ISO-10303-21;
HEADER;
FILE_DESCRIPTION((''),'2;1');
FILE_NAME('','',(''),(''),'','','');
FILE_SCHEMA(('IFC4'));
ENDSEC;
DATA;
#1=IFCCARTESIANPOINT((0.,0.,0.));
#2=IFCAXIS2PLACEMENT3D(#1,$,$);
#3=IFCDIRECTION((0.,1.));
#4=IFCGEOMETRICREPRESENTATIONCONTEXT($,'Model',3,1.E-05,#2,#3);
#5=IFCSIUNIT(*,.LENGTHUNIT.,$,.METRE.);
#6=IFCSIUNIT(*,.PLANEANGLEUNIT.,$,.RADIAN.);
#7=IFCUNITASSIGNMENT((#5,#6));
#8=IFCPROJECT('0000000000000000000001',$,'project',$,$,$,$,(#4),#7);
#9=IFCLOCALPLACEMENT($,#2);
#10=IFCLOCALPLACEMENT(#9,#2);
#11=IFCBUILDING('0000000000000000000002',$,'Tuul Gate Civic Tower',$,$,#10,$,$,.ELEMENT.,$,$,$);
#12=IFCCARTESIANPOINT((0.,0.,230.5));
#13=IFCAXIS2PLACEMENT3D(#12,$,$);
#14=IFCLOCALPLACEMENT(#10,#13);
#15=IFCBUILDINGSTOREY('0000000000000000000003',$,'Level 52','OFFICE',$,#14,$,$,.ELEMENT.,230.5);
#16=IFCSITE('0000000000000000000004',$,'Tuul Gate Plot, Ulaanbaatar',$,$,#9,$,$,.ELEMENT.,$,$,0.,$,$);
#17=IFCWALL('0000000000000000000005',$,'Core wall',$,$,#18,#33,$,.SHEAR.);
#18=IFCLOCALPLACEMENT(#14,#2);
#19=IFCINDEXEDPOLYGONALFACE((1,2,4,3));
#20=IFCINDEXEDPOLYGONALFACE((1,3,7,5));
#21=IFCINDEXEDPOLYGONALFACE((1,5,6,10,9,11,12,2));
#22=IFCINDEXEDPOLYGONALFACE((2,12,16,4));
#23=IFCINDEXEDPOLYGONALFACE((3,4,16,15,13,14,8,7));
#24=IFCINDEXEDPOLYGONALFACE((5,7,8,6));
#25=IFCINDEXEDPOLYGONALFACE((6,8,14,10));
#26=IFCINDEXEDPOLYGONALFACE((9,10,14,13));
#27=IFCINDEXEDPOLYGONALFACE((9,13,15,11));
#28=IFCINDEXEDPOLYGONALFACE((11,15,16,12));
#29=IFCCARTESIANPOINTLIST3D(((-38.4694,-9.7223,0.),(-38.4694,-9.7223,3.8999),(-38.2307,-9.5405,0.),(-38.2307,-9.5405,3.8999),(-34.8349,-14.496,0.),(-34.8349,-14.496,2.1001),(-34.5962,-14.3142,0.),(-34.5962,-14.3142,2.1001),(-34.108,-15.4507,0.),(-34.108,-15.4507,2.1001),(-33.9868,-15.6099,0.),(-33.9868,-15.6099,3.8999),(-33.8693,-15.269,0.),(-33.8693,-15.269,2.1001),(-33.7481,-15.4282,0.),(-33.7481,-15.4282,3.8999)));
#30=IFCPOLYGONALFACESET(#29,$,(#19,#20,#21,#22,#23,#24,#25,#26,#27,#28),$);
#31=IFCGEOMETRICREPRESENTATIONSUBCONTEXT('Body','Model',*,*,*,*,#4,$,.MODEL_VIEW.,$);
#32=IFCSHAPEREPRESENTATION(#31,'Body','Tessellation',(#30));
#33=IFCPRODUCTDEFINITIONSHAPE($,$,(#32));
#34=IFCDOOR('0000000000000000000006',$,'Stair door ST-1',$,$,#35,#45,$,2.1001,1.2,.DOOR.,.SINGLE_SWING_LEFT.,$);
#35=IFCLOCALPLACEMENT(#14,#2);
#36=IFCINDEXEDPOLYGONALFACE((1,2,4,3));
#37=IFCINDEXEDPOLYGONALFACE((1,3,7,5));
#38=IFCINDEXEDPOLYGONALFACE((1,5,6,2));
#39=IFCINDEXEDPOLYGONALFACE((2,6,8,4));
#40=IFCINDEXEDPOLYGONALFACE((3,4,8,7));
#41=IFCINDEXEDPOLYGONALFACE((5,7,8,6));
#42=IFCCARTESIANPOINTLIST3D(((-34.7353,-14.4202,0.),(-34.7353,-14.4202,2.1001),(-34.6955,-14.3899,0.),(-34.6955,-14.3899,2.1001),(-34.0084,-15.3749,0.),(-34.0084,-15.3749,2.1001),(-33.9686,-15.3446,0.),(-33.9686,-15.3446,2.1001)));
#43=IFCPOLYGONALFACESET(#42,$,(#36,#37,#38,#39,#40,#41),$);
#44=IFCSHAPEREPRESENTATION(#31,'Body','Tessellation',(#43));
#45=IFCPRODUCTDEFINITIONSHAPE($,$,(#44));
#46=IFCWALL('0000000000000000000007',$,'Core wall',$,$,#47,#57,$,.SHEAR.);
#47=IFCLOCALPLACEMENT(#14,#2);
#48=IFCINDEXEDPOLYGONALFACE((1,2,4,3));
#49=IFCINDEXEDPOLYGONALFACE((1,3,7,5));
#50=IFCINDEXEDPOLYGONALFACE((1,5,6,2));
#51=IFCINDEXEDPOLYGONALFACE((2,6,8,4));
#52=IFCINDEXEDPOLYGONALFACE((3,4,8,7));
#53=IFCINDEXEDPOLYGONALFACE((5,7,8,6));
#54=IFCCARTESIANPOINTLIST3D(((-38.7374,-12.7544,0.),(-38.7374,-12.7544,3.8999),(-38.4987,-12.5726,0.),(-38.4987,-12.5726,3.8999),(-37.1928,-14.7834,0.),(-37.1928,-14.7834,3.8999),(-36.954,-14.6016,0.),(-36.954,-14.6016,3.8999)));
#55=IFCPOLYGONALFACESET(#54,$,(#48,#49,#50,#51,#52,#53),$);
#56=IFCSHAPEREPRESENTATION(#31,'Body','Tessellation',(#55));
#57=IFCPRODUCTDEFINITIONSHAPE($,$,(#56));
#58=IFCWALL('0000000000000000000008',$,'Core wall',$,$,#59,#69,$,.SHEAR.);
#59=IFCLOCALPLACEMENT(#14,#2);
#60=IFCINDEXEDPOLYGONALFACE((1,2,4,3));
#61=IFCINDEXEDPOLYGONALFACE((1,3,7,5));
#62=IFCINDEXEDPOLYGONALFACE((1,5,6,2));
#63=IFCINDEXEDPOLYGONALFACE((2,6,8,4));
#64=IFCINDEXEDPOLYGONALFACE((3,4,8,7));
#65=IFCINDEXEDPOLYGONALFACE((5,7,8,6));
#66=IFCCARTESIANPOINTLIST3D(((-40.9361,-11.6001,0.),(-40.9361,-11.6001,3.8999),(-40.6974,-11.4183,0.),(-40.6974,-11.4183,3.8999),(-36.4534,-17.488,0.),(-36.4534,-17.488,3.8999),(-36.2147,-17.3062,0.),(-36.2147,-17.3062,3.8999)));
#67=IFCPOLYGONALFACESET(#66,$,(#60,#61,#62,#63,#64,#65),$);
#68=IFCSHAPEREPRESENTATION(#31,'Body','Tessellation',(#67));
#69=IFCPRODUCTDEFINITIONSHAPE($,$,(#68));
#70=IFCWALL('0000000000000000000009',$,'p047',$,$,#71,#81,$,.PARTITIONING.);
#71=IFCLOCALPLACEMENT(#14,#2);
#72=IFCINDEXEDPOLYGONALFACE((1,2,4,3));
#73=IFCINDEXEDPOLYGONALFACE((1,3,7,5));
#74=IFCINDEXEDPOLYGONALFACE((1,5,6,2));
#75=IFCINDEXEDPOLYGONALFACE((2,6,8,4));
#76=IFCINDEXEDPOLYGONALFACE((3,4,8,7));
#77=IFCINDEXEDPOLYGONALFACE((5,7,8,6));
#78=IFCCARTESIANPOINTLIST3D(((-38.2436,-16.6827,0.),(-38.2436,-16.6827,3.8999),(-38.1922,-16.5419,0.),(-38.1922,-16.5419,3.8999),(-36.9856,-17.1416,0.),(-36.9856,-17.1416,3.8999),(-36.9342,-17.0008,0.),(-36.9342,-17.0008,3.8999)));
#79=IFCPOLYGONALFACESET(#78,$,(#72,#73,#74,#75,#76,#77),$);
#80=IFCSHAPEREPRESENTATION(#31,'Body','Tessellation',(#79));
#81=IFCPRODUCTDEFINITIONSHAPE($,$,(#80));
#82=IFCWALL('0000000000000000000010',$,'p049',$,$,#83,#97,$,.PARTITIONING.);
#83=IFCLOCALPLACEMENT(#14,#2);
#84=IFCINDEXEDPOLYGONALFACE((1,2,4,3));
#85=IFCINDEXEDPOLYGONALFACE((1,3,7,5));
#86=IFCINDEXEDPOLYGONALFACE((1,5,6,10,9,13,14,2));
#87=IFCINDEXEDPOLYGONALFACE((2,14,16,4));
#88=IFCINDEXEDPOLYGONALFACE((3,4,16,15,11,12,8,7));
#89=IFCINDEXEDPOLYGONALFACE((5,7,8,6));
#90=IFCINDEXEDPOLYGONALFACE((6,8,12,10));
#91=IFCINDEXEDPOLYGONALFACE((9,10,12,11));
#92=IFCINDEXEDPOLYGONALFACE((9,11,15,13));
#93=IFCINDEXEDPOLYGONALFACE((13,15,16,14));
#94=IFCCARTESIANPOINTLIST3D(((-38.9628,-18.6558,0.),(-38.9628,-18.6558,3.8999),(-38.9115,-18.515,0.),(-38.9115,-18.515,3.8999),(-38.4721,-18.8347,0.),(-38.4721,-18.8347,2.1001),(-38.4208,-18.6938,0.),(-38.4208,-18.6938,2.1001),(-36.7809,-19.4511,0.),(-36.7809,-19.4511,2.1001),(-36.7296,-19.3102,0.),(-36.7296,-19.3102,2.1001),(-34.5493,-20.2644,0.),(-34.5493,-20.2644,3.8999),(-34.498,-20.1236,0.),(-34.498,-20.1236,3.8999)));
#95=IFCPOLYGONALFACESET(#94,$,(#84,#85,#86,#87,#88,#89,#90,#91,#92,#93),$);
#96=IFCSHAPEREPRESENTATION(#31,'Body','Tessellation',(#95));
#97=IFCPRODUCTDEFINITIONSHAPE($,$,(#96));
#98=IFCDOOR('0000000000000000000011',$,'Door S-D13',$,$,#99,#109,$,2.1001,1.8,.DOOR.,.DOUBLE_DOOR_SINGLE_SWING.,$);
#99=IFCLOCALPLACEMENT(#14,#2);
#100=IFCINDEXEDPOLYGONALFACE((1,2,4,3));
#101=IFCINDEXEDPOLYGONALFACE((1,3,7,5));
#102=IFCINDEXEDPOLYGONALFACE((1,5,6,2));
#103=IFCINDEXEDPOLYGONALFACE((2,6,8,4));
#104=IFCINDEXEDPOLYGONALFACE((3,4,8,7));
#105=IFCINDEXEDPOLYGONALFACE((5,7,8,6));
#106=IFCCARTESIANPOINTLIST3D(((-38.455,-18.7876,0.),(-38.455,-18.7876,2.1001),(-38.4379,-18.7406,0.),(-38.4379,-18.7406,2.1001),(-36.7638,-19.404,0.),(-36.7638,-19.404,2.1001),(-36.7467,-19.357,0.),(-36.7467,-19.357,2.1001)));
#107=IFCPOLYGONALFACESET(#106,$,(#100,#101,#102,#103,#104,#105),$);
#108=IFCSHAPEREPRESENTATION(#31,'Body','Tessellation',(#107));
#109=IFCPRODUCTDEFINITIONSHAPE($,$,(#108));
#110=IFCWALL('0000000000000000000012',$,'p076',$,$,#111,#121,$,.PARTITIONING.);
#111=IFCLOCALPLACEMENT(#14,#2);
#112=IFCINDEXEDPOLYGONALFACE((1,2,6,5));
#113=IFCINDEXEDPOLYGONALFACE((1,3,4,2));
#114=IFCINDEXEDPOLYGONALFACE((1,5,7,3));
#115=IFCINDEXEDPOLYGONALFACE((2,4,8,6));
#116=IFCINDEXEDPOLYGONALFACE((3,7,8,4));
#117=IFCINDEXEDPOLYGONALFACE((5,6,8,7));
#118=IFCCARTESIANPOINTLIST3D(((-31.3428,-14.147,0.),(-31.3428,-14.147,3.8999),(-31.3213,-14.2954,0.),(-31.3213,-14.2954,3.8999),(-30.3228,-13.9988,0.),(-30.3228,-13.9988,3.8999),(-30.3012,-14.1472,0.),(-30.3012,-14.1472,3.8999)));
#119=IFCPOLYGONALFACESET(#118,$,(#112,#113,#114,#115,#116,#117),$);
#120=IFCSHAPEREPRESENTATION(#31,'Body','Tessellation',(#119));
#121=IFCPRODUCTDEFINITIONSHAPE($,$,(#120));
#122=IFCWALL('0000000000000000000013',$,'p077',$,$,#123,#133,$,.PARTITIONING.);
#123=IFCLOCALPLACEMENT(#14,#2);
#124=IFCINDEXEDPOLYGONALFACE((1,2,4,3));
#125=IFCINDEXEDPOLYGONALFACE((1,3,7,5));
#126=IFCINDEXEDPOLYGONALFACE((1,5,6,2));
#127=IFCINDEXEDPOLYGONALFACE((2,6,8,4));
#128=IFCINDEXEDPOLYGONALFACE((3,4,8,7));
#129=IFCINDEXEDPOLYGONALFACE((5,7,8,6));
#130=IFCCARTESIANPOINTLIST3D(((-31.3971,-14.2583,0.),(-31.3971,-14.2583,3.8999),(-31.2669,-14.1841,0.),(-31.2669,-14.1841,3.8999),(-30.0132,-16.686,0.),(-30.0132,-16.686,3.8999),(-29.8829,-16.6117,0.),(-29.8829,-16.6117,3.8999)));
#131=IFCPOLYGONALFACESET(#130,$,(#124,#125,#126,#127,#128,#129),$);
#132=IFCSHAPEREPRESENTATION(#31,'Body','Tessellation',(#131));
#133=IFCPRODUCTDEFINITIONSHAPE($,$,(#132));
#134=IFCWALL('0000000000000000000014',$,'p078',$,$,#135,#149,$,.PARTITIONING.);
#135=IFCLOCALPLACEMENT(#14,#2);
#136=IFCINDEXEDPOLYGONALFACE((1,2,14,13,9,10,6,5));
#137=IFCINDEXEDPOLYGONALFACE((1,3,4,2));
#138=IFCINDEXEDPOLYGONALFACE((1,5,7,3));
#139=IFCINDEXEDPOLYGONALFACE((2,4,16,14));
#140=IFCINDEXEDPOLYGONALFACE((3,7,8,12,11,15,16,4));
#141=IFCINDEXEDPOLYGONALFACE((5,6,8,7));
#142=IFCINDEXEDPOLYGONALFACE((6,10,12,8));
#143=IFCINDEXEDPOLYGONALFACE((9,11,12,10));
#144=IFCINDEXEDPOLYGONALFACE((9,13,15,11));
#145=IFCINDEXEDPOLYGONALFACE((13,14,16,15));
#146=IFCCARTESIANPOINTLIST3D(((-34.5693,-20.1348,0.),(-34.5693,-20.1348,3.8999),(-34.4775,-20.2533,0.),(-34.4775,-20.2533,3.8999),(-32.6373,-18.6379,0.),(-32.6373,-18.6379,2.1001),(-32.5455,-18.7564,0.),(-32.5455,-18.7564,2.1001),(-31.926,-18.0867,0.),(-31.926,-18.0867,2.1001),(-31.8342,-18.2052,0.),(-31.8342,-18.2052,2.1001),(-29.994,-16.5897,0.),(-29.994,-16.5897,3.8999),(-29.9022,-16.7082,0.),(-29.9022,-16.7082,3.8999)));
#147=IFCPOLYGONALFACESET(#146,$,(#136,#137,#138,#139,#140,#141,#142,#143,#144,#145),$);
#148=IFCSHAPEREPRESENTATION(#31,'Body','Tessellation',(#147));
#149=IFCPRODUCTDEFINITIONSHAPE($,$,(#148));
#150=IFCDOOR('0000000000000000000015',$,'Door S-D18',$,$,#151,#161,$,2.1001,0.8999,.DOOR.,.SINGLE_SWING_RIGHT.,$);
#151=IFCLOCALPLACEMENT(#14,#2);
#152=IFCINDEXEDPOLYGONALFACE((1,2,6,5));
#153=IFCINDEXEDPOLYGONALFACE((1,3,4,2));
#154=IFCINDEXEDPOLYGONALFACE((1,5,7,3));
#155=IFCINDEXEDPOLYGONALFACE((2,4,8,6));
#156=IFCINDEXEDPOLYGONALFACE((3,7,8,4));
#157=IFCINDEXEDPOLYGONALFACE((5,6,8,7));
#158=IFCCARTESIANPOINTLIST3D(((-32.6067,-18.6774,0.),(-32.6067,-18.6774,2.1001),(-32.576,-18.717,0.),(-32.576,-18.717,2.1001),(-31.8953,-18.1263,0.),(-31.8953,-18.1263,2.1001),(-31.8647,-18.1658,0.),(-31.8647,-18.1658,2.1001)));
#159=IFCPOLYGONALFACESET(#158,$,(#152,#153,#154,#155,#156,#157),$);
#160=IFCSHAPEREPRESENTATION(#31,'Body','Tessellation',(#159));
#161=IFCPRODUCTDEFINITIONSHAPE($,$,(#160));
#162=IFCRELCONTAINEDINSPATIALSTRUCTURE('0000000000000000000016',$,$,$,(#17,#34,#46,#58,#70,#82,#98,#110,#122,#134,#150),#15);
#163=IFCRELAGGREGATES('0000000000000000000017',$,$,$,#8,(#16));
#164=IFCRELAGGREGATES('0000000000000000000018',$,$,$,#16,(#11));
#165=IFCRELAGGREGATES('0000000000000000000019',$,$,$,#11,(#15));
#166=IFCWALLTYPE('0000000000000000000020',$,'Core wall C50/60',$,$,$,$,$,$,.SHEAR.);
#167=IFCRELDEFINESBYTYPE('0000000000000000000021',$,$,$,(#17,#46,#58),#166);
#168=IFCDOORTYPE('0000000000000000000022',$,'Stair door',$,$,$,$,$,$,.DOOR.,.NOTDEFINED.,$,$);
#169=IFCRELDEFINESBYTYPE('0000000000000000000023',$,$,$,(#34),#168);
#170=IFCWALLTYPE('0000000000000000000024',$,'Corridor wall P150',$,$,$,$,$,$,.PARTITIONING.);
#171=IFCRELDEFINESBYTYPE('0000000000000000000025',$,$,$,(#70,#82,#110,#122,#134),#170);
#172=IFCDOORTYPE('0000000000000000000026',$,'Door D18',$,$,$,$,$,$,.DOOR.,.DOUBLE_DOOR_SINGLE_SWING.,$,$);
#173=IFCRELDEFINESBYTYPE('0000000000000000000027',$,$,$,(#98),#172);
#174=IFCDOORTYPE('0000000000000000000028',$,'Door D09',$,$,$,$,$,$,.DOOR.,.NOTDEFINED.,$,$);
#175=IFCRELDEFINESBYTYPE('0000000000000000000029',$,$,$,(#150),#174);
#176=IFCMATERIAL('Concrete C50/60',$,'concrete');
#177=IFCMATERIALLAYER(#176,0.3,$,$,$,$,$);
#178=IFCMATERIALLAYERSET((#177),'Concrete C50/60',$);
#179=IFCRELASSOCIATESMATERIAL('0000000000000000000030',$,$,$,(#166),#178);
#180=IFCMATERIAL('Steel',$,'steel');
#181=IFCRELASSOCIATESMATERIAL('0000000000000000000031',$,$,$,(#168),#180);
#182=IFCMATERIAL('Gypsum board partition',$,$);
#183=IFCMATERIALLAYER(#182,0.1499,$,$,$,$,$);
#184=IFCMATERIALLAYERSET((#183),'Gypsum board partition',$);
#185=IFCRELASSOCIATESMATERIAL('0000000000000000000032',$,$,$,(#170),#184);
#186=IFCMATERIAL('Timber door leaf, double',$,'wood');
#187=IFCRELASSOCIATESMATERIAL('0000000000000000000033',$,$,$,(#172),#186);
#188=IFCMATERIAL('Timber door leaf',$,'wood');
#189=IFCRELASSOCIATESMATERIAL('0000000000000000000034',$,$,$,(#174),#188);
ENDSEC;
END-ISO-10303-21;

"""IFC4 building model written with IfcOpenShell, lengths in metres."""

from ifc_helpers import new_model, si_unit, direction, frame, frame_2d, origin, place, context, subcontext, project, spatial, rectangle, extrude, material, layer, layer_set, type_object, element, fill, save


model = new_model("IFC4")

# Units and contexts
model_context = context("Model", 3, precision=1e-05, world=origin(), true_north=direction((0.0, 1.0)))
body_context = subcontext(model_context, "Body", "Model", "MODEL_VIEW")
ifc_project = project(units=[si_unit("LENGTHUNIT", "METRE"), si_unit("PLANEANGLEUNIT", "RADIAN")], contexts=[model_context])

# Site, building, storey
site_placement = place(None, origin())
site = spatial("IfcSite", under=ifc_project, at=site_placement, Name="Tuul Gate Plot, Ulaanbaatar", CompositionType="ELEMENT", RefElevation=0.0)
building_placement = place(site_placement, origin())
building = spatial("IfcBuilding", under=site, at=building_placement, Name="Tuul Gate Civic Tower", CompositionType="ELEMENT")
storey_placement = place(building_placement, frame((0.0, 0.0, 230.5)))
storey = spatial("IfcBuildingStorey", under=building, at=storey_placement, Name="Level 52", Description="OFFICE", CompositionType="ELEMENT", Elevation=230.5)

# Shared definitions
ifc_material_1 = material(Name="Concrete C50/60", Category="concrete")
ifc_layer_1 = layer(ifc_material_1, 0.3)
ifc_layer_set_1 = layer_set([ifc_layer_1], Name="Concrete C50/60")
wall_type_1 = type_object("IfcWallType", Name="Core wall C50/60", PredefinedType="SHEAR", material=ifc_layer_set_1)

# Wall, opening, door
wall_1_placement = place(storey_placement, frame((-33.8674, -15.519, 0.0), z_axis=(0.0, 0.0, 1.0), x_axis=(-0.60577, 0.79564, 0.0)))
wall_1 = element("IfcWall", 1, at=wall_1_placement, inside=storey, type_object=wall_type_1, Name="Core wall", PredefinedType="SHEAR", context=body_context, shape_type="SweptSolid", body=[
    extrude(rectangle(XDim=7.3999, YDim=0.3, at=frame_2d((3.7, 0.0))), origin(), (0.0, 0.0, 1.0), 3.8999),
])
opening_1_placement = place(wall_1_placement, frame((0.2, 0.0, 0.0)))
opening_1 = element("IfcOpeningElement", 2, at=opening_1_placement, cuts=wall_1, PredefinedType="OPENING", context=body_context, shape_type="SweptSolid", body=[
    extrude(rectangle(XDim=1.2, YDim=2.1001, at=frame_2d((0.6001, 1.05))), frame((0.0, 0.1602, 0.0), z_axis=(0.0, -1.0, 0.0), x_axis=(1.0, 0.0, 0.0)), (0.0, 0.0, 1.0), 0.3201),
])
ifc_material_2 = material(Name="Steel", Category="steel")
door_type_1 = type_object("IfcDoorType", Name="Stair door", OperationType="NOTDEFINED", PredefinedType="DOOR", material=ifc_material_2)
door_1_placement = place(opening_1_placement, origin())
door_1 = element("IfcDoor", 3, at=door_1_placement, inside=storey, type_object=door_type_1, Name="Stair door ST-1", OperationType="SINGLE_SWING_LEFT", OverallHeight=2.1001, OverallWidth=1.2, PredefinedType="DOOR", context=body_context, shape_type="SweptSolid", body=[
    extrude(rectangle(XDim=1.2, YDim=2.1001, at=frame_2d((0.6001, 1.05))), frame((0.0, 0.0249, 0.0), z_axis=(0.0, -1.0, 0.0), x_axis=(1.0, 0.0, 0.0)), (0.0, 0.0, 1.0), 0.05),
])
fill(opening_1, door_1)

# Walls
wall_2_placement = place(storey_placement, frame((-37.0735, -14.6924, 0.0), z_axis=(0.0, 0.0, 1.0), x_axis=(-0.605729, 0.795671, 0.0)))
element("IfcWall", 4, at=wall_2_placement, inside=storey, type_object=wall_type_1, Name="Core wall", PredefinedType="SHEAR", context=body_context, shape_type="SweptSolid", body=[
    extrude(rectangle(XDim=2.55, YDim=0.3, at=frame_2d((1.2749, 0.0))), origin(), (0.0, 0.0, 1.0), 3.8999),
])
wall_3_placement = place(storey_placement, frame((-36.334, -17.3972, 0.0), z_axis=(0.0, 0.0, 1.0), x_axis=(-0.605754, 0.795652, 0.0)))
element("IfcWall", 5, at=wall_3_placement, inside=storey, type_object=wall_type_1, Name="Core wall", PredefinedType="SHEAR", context=body_context, shape_type="SweptSolid", body=[
    extrude(rectangle(XDim=7.4001, YDim=0.3, at=frame_2d((3.7002, 0.0))), origin(), (0.0, 0.0, 1.0), 3.8999),
])
ifc_material_3 = material(Name="Gypsum board partition")
ifc_layer_2 = layer(ifc_material_3, 0.1499)
ifc_layer_set_2 = layer_set([ifc_layer_2], Name="Gypsum board partition")
wall_type_2 = type_object("IfcWallType", Name="Corridor wall P150", PredefinedType="PARTITIONING", material=ifc_layer_set_2)
wall_4_placement = place(storey_placement, frame((-38.2178, -16.6123, 0.0), z_axis=(0.0, 0.0, 1.0), x_axis=(0.939431, -0.342738, 0.0)))
element("IfcWall", 6, at=wall_4_placement, inside=storey, type_object=wall_type_2, Name="p047", PredefinedType="PARTITIONING", context=body_context, shape_type="SweptSolid", body=[
    extrude(rectangle(XDim=1.3391, YDim=0.1499, at=frame_2d((0.6694, 0.0))), origin(), (0.0, 0.0, 1.0), 3.8999),
])

# Wall, opening, door
wall_5_placement = place(storey_placement, frame((-38.937, -18.5854, 0.0), z_axis=(0.0, 0.0, 1.0), x_axis=(0.93954, -0.34244, 0.0)))
wall_5 = element("IfcWall", 7, at=wall_5_placement, inside=storey, type_object=wall_type_2, Name="p049", PredefinedType="PARTITIONING", context=body_context, shape_type="SweptSolid", body=[
    extrude(rectangle(XDim=4.6975, YDim=0.1499, at=frame_2d((2.3486, 0.0))), origin(), (0.0, 0.0, 1.0), 3.8999),
])
opening_2_placement = place(wall_5_placement, frame((0.5222, 0.0, 0.0)))
opening_2 = element("IfcOpeningElement", 8, at=opening_2_placement, cuts=wall_5, PredefinedType="OPENING", context=body_context, shape_type="SweptSolid", body=[
    extrude(rectangle(XDim=1.8, YDim=2.1001, at=frame_2d((0.8999, 1.05))), frame((0.0, 0.085, 0.0), z_axis=(0.0, -1.0, 0.0), x_axis=(1.0, 0.0, 0.0)), (0.0, 0.0, 1.0), 0.1699),
])
ifc_material_4 = material(Name="Timber door leaf, double", Category="wood")
door_type_2 = type_object("IfcDoorType", Name="Door D18", OperationType="DOUBLE_DOOR_SINGLE_SWING", PredefinedType="DOOR", material=ifc_material_4)
door_2_placement = place(opening_2_placement, frame((1.8, 0.0, 0.0), z_axis=(0.0, 0.0, 1.0), x_axis=(-1.0, 0.0, 0.0)))
door_2 = element("IfcDoor", 9, at=door_2_placement, inside=storey, type_object=door_type_2, Name="Door S-D13", OperationType="DOUBLE_DOOR_SINGLE_SWING", OverallHeight=2.1001, OverallWidth=1.8, PredefinedType="DOOR", context=body_context, shape_type="SweptSolid", body=[
    extrude(rectangle(XDim=1.8, YDim=2.1001, at=frame_2d((0.9001, 1.05))), frame((0.0, 0.0249, 0.0), z_axis=(0.0, -1.0, 0.0), x_axis=(1.0, 0.0, 0.0)), (0.0, 0.0, 1.0), 0.05),
])
fill(opening_2, door_2)

# Walls
wall_6_placement = place(storey_placement, frame((-31.332, -14.2212, 0.0), z_axis=(0.0, 0.0, 1.0), x_axis=(0.98961, 0.143775, 0.0)))
element("IfcWall", 10, at=wall_6_placement, inside=storey, type_object=wall_type_2, Name="p076", PredefinedType="PARTITIONING", context=body_context, shape_type="SweptSolid", body=[
    extrude(rectangle(XDim=1.0308, YDim=0.1499, at=frame_2d((0.5154, 0.0))), origin(), (0.0, 0.0, 1.0), 3.8999),
])
wall_7_placement = place(storey_placement, frame((-31.332, -14.2212, 0.0), z_axis=(0.0, 0.0, 1.0), x_axis=(0.495264, -0.868743, 0.0)))
element("IfcWall", 11, at=wall_7_placement, inside=storey, type_object=wall_type_2, Name="p077", PredefinedType="PARTITIONING", context=body_context, shape_type="SweptSolid", body=[
    extrude(rectangle(XDim=2.7944, YDim=0.1499, at=frame_2d((1.3972, 0.0))), origin(), (0.0, 0.0, 1.0), 3.8999),
])

# Wall, opening, door
wall_8_placement = place(storey_placement, frame((-34.5234, -20.1941, 0.0), z_axis=(0.0, 0.0, 1.0), x_axis=(0.790482, 0.612485, 0.0)))
wall_8 = element("IfcWall", 12, at=wall_8_placement, inside=storey, type_object=wall_type_2, Name="p078", PredefinedType="PARTITIONING", context=body_context, shape_type="SweptSolid", body=[
    extrude(rectangle(XDim=5.7881, YDim=0.1499, at=frame_2d((2.894, 0.0))), origin(), (0.0, 0.0, 1.0), 3.8999),
])
opening_3_placement = place(wall_8_placement, frame((2.4441, 0.0, 0.0)))
opening_3 = element("IfcOpeningElement", 13, at=opening_3_placement, cuts=wall_8, PredefinedType="OPENING", context=body_context, shape_type="SweptSolid", body=[
    extrude(rectangle(XDim=0.8999, YDim=2.1001, at=frame_2d((0.45, 1.05))), frame((0.0, 0.085, 0.0), z_axis=(0.0, -1.0, 0.0), x_axis=(1.0, 0.0, 0.0)), (0.0, 0.0, 1.0), 0.1699),
])
ifc_material_5 = material(Name="Timber door leaf", Category="wood")
door_type_3 = type_object("IfcDoorType", Name="Door D09", OperationType="NOTDEFINED", PredefinedType="DOOR", material=ifc_material_5)
door_3_placement = place(opening_3_placement, origin())
door_3 = element("IfcDoor", 14, at=door_3_placement, inside=storey, type_object=door_type_3, Name="Door S-D18", OperationType="SINGLE_SWING_RIGHT", OverallHeight=2.1001, OverallWidth=0.8999, PredefinedType="DOOR", context=body_context, shape_type="SweptSolid", body=[
    extrude(rectangle(XDim=0.8999, YDim=2.1001, at=frame_2d((0.45, 1.05))), frame((0.0, 0.0249, 0.0), z_axis=(0.0, -1.0, 0.0), x_axis=(1.0, 0.0, 0.0)), (0.0, 0.0, 1.0), 0.05),
])
fill(opening_3, door_3)

save(model, "model.ifc")
